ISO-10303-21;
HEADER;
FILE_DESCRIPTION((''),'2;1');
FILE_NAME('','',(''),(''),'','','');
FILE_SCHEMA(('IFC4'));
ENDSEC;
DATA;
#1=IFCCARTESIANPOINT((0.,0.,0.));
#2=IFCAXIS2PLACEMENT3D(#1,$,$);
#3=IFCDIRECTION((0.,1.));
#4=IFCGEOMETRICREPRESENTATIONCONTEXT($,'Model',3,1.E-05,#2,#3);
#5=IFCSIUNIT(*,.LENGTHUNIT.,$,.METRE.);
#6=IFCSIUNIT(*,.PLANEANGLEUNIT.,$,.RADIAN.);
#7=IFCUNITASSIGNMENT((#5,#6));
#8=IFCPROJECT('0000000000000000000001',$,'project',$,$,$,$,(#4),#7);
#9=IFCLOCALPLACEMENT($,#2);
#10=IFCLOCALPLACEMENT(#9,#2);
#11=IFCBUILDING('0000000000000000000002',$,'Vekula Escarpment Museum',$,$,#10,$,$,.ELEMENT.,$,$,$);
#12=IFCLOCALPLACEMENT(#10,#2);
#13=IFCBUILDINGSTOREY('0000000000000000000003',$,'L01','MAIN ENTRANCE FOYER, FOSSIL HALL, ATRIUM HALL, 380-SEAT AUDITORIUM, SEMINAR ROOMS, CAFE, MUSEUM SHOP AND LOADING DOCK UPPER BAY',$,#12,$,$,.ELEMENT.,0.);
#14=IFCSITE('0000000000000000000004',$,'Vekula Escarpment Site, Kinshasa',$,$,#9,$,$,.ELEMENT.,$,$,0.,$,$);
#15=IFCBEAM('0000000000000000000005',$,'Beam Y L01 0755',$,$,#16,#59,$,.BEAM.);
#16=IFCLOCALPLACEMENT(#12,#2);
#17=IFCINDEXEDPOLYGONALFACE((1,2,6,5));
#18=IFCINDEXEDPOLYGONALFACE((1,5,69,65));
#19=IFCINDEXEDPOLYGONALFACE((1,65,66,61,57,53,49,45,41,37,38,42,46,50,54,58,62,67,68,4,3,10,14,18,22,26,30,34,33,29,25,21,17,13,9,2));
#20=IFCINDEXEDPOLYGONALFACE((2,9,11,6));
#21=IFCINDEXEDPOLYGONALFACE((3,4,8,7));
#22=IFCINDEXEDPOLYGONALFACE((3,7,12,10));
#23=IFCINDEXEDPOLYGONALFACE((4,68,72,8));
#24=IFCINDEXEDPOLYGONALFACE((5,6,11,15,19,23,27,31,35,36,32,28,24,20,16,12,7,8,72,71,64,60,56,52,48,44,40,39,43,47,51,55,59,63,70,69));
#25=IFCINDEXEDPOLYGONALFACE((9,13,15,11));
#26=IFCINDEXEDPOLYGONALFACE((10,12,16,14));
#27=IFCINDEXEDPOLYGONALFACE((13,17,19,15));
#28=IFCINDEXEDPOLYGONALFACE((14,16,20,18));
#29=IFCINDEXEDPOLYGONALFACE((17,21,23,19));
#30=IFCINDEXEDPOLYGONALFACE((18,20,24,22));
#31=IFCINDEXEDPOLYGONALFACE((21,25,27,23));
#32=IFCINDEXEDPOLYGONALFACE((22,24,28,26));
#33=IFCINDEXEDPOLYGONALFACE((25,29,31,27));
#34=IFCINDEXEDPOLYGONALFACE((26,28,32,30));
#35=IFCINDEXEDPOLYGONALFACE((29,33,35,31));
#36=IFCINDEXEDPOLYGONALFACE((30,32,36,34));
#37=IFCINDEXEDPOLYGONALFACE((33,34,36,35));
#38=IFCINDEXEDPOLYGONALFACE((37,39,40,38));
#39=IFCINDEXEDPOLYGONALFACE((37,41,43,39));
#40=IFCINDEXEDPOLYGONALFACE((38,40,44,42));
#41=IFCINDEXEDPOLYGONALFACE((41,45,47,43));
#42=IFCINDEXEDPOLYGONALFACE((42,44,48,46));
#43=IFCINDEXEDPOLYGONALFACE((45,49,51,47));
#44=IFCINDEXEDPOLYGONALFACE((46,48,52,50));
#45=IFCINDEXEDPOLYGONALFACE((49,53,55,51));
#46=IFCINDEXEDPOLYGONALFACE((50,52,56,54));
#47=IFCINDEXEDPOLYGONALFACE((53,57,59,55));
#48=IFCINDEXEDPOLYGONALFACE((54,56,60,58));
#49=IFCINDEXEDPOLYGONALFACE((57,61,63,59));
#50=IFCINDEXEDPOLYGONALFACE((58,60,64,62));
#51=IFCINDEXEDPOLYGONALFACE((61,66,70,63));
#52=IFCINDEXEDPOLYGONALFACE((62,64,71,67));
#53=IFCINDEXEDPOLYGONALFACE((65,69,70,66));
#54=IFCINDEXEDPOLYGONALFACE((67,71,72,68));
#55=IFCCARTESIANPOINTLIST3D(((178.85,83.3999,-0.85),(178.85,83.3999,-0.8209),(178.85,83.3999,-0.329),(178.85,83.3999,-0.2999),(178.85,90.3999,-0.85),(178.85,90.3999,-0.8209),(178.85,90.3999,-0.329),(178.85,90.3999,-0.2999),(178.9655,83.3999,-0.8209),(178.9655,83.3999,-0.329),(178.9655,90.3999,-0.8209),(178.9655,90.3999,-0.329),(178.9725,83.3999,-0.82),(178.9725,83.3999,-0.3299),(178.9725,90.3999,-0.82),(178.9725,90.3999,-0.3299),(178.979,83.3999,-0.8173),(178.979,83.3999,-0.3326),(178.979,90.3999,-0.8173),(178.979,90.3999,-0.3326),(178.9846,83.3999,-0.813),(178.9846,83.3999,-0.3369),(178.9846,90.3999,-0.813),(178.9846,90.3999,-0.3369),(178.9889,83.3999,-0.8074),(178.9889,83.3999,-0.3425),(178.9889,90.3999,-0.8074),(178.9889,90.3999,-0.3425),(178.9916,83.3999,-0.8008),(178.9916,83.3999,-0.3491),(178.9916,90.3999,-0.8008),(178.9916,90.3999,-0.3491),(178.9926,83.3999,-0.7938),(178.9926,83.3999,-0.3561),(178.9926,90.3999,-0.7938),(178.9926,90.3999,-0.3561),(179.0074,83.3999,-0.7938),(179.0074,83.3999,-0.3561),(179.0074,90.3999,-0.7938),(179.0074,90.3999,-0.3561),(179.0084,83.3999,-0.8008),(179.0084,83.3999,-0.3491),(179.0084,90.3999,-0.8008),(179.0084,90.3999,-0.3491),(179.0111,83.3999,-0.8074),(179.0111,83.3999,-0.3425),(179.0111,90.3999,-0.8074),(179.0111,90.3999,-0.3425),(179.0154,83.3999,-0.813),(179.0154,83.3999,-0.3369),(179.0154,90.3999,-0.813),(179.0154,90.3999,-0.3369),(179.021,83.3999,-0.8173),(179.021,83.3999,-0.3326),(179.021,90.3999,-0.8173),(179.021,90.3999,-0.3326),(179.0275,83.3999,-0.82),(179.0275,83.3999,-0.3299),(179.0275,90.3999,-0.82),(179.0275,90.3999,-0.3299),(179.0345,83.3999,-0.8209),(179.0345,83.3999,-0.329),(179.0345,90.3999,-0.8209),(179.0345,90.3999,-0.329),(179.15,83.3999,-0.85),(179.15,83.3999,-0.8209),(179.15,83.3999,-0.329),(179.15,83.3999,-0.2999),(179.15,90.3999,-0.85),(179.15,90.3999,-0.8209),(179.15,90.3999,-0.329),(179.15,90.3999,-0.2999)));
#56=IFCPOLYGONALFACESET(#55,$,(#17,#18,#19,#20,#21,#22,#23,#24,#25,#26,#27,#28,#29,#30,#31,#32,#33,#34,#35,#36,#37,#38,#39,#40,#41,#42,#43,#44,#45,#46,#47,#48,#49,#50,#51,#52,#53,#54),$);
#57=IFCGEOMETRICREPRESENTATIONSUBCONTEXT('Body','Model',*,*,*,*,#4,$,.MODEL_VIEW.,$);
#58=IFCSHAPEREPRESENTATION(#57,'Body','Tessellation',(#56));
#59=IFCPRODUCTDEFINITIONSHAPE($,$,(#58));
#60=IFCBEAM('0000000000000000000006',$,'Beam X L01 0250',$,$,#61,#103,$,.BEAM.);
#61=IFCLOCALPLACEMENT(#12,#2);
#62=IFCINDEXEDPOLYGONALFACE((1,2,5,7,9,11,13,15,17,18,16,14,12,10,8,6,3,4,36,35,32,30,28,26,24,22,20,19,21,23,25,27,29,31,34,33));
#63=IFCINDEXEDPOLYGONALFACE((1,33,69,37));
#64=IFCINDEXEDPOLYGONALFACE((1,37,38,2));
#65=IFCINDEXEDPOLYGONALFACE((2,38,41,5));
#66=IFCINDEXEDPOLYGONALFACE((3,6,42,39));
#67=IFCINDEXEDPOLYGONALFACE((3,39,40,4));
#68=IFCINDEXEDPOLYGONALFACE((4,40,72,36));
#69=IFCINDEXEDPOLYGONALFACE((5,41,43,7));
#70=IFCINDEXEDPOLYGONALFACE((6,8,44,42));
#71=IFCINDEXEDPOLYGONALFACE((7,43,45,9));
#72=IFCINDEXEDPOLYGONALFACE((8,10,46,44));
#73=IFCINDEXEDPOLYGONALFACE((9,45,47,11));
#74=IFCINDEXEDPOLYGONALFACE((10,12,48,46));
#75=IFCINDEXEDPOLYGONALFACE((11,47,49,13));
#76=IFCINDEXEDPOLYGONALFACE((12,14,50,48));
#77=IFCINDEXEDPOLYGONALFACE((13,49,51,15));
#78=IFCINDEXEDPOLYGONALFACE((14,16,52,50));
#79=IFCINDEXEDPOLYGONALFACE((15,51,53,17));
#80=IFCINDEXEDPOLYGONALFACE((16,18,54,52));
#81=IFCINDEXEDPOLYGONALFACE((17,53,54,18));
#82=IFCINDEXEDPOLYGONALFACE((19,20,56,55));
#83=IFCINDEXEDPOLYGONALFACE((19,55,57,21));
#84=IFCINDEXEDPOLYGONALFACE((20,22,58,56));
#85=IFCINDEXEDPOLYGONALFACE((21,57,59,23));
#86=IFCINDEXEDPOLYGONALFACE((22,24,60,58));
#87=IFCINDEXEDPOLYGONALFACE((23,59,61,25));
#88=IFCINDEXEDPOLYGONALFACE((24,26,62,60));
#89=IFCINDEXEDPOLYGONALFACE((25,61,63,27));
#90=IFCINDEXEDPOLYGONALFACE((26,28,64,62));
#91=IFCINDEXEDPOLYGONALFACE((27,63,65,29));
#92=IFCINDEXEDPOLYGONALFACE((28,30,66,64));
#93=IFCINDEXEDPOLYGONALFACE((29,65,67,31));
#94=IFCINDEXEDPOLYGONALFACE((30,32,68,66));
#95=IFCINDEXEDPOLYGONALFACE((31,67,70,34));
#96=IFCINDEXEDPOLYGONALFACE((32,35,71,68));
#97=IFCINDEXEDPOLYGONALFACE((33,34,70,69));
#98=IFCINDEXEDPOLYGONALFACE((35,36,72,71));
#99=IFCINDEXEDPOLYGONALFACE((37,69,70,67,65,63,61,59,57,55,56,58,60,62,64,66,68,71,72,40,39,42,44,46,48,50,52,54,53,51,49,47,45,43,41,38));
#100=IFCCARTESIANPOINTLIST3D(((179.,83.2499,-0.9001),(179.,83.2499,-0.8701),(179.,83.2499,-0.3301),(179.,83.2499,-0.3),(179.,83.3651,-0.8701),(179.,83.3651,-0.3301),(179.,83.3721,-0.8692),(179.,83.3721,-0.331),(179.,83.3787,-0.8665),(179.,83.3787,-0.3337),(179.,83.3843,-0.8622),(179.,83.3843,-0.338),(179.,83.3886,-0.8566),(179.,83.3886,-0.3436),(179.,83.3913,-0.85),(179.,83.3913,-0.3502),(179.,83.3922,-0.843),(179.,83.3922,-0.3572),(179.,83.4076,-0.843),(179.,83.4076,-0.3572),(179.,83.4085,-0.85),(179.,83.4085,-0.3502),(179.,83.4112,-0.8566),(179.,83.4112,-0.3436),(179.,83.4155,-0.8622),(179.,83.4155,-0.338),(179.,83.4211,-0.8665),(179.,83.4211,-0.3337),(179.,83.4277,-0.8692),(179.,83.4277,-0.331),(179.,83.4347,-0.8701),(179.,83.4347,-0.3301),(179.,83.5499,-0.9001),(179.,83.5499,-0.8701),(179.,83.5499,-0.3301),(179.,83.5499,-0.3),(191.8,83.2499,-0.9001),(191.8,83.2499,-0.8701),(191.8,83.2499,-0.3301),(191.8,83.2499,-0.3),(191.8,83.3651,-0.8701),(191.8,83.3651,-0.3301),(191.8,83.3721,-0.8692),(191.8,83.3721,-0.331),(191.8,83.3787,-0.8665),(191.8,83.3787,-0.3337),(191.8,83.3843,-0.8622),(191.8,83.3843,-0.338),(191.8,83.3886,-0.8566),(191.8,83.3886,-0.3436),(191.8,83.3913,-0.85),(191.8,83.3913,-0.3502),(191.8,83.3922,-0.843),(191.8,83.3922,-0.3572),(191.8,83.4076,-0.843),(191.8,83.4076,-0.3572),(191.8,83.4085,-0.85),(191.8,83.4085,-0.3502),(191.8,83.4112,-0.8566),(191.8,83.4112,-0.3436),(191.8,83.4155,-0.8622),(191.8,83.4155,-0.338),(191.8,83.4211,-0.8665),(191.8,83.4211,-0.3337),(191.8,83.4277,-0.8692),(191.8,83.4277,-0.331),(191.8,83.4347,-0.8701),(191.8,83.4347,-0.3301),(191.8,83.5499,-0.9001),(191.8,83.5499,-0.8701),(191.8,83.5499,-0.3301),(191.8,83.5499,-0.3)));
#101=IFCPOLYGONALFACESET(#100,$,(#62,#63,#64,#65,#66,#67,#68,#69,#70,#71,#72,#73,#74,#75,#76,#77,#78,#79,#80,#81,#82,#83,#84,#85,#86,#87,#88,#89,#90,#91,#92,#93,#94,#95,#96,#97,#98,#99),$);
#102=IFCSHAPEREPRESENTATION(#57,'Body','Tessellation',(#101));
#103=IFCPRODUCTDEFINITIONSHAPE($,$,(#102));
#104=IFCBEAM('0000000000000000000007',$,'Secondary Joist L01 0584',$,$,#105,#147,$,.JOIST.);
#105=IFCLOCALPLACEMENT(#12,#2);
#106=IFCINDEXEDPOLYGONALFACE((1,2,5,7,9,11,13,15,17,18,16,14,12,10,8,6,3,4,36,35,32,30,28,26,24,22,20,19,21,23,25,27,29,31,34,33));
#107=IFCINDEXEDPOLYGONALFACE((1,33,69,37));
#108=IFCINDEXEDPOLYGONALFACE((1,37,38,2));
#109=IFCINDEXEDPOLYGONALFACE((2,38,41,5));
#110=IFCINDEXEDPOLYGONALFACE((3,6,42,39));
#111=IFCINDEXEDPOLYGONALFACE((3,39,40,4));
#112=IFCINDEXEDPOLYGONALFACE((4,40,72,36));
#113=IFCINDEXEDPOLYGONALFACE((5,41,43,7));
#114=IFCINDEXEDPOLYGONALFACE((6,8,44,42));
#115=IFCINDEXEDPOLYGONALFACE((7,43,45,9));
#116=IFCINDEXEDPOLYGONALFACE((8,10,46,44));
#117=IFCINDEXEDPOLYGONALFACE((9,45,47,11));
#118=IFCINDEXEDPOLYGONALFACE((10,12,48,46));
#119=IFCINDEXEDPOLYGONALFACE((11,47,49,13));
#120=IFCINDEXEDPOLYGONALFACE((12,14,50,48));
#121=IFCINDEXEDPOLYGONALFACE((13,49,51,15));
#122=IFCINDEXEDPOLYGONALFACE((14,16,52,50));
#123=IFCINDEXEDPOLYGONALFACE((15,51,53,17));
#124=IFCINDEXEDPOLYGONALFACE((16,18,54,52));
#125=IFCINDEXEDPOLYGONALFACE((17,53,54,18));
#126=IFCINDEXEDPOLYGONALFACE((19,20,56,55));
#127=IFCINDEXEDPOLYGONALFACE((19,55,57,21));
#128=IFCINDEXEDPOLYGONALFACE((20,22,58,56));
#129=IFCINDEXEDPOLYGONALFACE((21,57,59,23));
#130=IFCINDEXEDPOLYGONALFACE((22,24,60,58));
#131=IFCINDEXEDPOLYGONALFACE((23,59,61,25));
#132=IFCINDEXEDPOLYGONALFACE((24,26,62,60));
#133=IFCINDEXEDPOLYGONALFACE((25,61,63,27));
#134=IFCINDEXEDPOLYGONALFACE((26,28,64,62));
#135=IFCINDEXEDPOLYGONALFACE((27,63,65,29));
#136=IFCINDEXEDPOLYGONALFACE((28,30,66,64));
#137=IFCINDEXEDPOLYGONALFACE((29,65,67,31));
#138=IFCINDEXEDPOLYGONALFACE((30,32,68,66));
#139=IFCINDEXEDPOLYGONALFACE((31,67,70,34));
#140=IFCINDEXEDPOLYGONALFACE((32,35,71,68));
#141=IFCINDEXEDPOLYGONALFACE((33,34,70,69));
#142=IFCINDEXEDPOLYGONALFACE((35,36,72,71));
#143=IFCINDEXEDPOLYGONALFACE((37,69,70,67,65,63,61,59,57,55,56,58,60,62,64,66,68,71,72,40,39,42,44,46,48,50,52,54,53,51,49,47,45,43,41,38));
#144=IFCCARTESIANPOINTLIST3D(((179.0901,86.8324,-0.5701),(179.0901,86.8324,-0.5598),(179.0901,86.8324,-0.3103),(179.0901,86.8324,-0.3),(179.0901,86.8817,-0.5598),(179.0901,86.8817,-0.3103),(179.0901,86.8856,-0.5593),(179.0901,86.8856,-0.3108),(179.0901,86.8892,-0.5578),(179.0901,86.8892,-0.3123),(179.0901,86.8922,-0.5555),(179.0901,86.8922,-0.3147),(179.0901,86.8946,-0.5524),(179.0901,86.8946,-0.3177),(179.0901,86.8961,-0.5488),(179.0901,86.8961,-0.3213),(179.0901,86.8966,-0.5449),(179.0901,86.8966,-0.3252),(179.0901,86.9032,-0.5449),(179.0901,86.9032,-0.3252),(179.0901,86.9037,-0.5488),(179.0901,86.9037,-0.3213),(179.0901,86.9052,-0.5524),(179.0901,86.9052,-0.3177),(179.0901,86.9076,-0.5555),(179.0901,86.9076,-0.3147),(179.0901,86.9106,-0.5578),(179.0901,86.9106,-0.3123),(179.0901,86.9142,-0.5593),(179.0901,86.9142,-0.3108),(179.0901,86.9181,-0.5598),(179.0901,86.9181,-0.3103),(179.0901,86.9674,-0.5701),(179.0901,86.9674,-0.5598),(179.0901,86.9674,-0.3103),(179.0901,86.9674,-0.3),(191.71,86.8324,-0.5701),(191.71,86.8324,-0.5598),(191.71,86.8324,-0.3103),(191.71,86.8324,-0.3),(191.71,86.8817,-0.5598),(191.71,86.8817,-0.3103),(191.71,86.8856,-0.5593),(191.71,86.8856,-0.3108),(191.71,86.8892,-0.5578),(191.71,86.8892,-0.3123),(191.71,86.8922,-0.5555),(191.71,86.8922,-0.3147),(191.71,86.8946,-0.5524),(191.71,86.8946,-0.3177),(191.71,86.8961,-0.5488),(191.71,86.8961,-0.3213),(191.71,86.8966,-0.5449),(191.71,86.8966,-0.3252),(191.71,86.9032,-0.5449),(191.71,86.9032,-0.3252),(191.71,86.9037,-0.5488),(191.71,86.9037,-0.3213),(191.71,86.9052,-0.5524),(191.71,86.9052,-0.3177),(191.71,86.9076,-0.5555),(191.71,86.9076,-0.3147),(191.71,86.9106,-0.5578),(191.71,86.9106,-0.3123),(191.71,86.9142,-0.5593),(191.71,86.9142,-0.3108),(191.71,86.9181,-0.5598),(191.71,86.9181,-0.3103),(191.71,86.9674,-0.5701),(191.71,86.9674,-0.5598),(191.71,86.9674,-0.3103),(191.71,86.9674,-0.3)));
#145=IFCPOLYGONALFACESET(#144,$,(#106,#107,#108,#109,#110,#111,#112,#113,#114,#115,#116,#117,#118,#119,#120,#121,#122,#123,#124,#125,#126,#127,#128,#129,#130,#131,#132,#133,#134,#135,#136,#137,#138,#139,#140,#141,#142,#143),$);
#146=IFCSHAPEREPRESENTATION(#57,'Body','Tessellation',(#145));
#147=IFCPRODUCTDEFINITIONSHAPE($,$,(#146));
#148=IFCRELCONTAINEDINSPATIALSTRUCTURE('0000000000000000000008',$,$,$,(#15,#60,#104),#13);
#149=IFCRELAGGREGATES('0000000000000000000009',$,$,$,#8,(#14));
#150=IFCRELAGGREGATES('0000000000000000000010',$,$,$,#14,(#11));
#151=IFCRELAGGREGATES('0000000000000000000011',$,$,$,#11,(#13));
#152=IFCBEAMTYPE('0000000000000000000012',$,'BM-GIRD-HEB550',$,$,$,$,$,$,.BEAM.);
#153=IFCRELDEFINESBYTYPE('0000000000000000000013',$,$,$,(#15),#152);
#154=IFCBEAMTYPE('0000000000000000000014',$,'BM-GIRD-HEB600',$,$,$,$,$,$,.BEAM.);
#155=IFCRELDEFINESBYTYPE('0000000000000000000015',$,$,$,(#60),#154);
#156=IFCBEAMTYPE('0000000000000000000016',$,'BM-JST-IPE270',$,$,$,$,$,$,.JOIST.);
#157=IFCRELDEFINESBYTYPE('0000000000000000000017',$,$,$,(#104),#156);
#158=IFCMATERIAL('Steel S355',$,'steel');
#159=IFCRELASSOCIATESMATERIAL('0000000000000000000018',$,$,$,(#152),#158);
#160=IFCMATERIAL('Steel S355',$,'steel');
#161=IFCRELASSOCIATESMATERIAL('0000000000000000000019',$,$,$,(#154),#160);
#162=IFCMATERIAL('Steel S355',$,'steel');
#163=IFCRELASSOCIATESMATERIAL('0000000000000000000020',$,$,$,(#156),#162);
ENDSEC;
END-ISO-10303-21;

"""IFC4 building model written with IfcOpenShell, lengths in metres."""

from ifc_helpers import new_model, si_unit, direction, frame, origin, origin_2d, place, context, subcontext, project, spatial, i_section, extrude, material, material_profile, profile_set, type_object, element, save


model = new_model("IFC4")

# Units and contexts
model_context = context("Model", 3, precision=1e-05, world=origin(), true_north=direction((0.0, 1.0)))
body_context = subcontext(model_context, "Body", "Model", "MODEL_VIEW")
ifc_project = project(units=[si_unit("LENGTHUNIT", "METRE"), si_unit("PLANEANGLEUNIT", "RADIAN")], contexts=[model_context])

# Site, building, storey
site_placement = place(None, origin())
site = spatial("IfcSite", under=ifc_project, at=site_placement, Name="Vekula Escarpment Site, Kinshasa", CompositionType="ELEMENT", RefElevation=0.0)
building_placement = place(site_placement, origin())
building = spatial("IfcBuilding", under=site, at=building_placement, Name="Vekula Escarpment Museum", CompositionType="ELEMENT")
storey_placement = place(building_placement, origin())
storey = spatial("IfcBuildingStorey", under=building, at=storey_placement, Name="L01", Description="MAIN ENTRANCE FOYER, FOSSIL HALL, ATRIUM HALL, 380-SEAT AUDITORIUM, SEMINAR ROOMS, CAFE, MUSEUM SHOP AND LOADING DOCK UPPER BAY", CompositionType="ELEMENT", Elevation=0.0)

# Beams
ifc_material_1 = material(Name="Steel S355", Category="steel")
ifc_material_profile_1 = material_profile(ifc_material_1, i_section(OverallWidth=0.3, OverallDepth=0.55, WebThickness=0.0149, FlangeThickness=0.0291, FilletRadius=0.0271, at=origin_2d()), Name="HEB 550")
ifc_profile_set_1 = profile_set([ifc_material_profile_1], Name="Steel S355")
beam_type_1 = type_object("IfcBeamType", Name="BM-GIRD-HEB550", PredefinedType="BEAM", material=ifc_profile_set_1)
for number, where, z_axis, x_axis, name in (
    (1, (179.0, 83.3999, -0.575), (0.0, 1.0, 0.0), (-1.0, 0.0, 0.0), "Beam Y L01 0755"),
):
    element("IfcBeam", number, at=place(storey_placement, frame(where, z_axis=z_axis, x_axis=x_axis)), inside=storey, type_object=beam_type_1, Name=name, PredefinedType="BEAM", context=body_context, shape_type="SweptSolid", body=[
        extrude(i_section(OverallWidth=0.3, OverallDepth=0.55, WebThickness=0.0149, FlangeThickness=0.0291, FilletRadius=0.0271, at=origin_2d()), origin(), (0.0, 0.0, 1.0), 7.0),
    ])
ifc_material_2 = material(Name="Steel S355", Category="steel")
ifc_material_profile_2 = material_profile(ifc_material_2, i_section(OverallWidth=0.3, OverallDepth=0.6001, WebThickness=0.0154, FlangeThickness=0.03, FilletRadius=0.0271, at=origin_2d()), Name="HEB 600")
ifc_profile_set_2 = profile_set([ifc_material_profile_2], Name="Steel S355")
beam_type_2 = type_object("IfcBeamType", Name="BM-GIRD-HEB600", PredefinedType="BEAM", material=ifc_profile_set_2)
beam_1_placement = place(storey_placement, frame((179.0, 83.3999, -0.6001), z_axis=(1.0, 0.0, 0.0), x_axis=(0.0, 1.0, 0.0)))
element("IfcBeam", 2, at=beam_1_placement, inside=storey, type_object=beam_type_2, Name="Beam X L01 0250", PredefinedType="BEAM", context=body_context, shape_type="SweptSolid", body=[
    extrude(i_section(OverallWidth=0.3, OverallDepth=0.6001, WebThickness=0.0154, FlangeThickness=0.03, FilletRadius=0.0271, at=origin_2d()), origin(), (0.0, 0.0, 1.0), 12.8),
])
ifc_material_3 = material(Name="Steel S355", Category="steel")
ifc_material_profile_3 = material_profile(ifc_material_3, i_section(OverallWidth=0.135, OverallDepth=0.27, WebThickness=0.0066, FlangeThickness=0.0103, FilletRadius=0.0149, at=origin_2d()), Name="IPE 270")
ifc_profile_set_3 = profile_set([ifc_material_profile_3], Name="Steel S355")
beam_type_3 = type_object("IfcBeamType", Name="BM-JST-IPE270", PredefinedType="JOIST", material=ifc_profile_set_3)
beam_2_placement = place(storey_placement, frame((179.0901, 86.8999, -0.4351), z_axis=(1.0, 0.0, 0.0), x_axis=(0.0, 1.0, 0.0)))
element("IfcBeam", 3, at=beam_2_placement, inside=storey, type_object=beam_type_3, Name="Secondary Joist L01 0584", PredefinedType="JOIST", context=body_context, shape_type="SweptSolid", body=[
    extrude(i_section(OverallWidth=0.135, OverallDepth=0.27, WebThickness=0.0066, FlangeThickness=0.0103, FilletRadius=0.0149, at=origin_2d()), origin(), (0.0, 0.0, 1.0), 12.6199),
])

save(model, "model.ifc")
